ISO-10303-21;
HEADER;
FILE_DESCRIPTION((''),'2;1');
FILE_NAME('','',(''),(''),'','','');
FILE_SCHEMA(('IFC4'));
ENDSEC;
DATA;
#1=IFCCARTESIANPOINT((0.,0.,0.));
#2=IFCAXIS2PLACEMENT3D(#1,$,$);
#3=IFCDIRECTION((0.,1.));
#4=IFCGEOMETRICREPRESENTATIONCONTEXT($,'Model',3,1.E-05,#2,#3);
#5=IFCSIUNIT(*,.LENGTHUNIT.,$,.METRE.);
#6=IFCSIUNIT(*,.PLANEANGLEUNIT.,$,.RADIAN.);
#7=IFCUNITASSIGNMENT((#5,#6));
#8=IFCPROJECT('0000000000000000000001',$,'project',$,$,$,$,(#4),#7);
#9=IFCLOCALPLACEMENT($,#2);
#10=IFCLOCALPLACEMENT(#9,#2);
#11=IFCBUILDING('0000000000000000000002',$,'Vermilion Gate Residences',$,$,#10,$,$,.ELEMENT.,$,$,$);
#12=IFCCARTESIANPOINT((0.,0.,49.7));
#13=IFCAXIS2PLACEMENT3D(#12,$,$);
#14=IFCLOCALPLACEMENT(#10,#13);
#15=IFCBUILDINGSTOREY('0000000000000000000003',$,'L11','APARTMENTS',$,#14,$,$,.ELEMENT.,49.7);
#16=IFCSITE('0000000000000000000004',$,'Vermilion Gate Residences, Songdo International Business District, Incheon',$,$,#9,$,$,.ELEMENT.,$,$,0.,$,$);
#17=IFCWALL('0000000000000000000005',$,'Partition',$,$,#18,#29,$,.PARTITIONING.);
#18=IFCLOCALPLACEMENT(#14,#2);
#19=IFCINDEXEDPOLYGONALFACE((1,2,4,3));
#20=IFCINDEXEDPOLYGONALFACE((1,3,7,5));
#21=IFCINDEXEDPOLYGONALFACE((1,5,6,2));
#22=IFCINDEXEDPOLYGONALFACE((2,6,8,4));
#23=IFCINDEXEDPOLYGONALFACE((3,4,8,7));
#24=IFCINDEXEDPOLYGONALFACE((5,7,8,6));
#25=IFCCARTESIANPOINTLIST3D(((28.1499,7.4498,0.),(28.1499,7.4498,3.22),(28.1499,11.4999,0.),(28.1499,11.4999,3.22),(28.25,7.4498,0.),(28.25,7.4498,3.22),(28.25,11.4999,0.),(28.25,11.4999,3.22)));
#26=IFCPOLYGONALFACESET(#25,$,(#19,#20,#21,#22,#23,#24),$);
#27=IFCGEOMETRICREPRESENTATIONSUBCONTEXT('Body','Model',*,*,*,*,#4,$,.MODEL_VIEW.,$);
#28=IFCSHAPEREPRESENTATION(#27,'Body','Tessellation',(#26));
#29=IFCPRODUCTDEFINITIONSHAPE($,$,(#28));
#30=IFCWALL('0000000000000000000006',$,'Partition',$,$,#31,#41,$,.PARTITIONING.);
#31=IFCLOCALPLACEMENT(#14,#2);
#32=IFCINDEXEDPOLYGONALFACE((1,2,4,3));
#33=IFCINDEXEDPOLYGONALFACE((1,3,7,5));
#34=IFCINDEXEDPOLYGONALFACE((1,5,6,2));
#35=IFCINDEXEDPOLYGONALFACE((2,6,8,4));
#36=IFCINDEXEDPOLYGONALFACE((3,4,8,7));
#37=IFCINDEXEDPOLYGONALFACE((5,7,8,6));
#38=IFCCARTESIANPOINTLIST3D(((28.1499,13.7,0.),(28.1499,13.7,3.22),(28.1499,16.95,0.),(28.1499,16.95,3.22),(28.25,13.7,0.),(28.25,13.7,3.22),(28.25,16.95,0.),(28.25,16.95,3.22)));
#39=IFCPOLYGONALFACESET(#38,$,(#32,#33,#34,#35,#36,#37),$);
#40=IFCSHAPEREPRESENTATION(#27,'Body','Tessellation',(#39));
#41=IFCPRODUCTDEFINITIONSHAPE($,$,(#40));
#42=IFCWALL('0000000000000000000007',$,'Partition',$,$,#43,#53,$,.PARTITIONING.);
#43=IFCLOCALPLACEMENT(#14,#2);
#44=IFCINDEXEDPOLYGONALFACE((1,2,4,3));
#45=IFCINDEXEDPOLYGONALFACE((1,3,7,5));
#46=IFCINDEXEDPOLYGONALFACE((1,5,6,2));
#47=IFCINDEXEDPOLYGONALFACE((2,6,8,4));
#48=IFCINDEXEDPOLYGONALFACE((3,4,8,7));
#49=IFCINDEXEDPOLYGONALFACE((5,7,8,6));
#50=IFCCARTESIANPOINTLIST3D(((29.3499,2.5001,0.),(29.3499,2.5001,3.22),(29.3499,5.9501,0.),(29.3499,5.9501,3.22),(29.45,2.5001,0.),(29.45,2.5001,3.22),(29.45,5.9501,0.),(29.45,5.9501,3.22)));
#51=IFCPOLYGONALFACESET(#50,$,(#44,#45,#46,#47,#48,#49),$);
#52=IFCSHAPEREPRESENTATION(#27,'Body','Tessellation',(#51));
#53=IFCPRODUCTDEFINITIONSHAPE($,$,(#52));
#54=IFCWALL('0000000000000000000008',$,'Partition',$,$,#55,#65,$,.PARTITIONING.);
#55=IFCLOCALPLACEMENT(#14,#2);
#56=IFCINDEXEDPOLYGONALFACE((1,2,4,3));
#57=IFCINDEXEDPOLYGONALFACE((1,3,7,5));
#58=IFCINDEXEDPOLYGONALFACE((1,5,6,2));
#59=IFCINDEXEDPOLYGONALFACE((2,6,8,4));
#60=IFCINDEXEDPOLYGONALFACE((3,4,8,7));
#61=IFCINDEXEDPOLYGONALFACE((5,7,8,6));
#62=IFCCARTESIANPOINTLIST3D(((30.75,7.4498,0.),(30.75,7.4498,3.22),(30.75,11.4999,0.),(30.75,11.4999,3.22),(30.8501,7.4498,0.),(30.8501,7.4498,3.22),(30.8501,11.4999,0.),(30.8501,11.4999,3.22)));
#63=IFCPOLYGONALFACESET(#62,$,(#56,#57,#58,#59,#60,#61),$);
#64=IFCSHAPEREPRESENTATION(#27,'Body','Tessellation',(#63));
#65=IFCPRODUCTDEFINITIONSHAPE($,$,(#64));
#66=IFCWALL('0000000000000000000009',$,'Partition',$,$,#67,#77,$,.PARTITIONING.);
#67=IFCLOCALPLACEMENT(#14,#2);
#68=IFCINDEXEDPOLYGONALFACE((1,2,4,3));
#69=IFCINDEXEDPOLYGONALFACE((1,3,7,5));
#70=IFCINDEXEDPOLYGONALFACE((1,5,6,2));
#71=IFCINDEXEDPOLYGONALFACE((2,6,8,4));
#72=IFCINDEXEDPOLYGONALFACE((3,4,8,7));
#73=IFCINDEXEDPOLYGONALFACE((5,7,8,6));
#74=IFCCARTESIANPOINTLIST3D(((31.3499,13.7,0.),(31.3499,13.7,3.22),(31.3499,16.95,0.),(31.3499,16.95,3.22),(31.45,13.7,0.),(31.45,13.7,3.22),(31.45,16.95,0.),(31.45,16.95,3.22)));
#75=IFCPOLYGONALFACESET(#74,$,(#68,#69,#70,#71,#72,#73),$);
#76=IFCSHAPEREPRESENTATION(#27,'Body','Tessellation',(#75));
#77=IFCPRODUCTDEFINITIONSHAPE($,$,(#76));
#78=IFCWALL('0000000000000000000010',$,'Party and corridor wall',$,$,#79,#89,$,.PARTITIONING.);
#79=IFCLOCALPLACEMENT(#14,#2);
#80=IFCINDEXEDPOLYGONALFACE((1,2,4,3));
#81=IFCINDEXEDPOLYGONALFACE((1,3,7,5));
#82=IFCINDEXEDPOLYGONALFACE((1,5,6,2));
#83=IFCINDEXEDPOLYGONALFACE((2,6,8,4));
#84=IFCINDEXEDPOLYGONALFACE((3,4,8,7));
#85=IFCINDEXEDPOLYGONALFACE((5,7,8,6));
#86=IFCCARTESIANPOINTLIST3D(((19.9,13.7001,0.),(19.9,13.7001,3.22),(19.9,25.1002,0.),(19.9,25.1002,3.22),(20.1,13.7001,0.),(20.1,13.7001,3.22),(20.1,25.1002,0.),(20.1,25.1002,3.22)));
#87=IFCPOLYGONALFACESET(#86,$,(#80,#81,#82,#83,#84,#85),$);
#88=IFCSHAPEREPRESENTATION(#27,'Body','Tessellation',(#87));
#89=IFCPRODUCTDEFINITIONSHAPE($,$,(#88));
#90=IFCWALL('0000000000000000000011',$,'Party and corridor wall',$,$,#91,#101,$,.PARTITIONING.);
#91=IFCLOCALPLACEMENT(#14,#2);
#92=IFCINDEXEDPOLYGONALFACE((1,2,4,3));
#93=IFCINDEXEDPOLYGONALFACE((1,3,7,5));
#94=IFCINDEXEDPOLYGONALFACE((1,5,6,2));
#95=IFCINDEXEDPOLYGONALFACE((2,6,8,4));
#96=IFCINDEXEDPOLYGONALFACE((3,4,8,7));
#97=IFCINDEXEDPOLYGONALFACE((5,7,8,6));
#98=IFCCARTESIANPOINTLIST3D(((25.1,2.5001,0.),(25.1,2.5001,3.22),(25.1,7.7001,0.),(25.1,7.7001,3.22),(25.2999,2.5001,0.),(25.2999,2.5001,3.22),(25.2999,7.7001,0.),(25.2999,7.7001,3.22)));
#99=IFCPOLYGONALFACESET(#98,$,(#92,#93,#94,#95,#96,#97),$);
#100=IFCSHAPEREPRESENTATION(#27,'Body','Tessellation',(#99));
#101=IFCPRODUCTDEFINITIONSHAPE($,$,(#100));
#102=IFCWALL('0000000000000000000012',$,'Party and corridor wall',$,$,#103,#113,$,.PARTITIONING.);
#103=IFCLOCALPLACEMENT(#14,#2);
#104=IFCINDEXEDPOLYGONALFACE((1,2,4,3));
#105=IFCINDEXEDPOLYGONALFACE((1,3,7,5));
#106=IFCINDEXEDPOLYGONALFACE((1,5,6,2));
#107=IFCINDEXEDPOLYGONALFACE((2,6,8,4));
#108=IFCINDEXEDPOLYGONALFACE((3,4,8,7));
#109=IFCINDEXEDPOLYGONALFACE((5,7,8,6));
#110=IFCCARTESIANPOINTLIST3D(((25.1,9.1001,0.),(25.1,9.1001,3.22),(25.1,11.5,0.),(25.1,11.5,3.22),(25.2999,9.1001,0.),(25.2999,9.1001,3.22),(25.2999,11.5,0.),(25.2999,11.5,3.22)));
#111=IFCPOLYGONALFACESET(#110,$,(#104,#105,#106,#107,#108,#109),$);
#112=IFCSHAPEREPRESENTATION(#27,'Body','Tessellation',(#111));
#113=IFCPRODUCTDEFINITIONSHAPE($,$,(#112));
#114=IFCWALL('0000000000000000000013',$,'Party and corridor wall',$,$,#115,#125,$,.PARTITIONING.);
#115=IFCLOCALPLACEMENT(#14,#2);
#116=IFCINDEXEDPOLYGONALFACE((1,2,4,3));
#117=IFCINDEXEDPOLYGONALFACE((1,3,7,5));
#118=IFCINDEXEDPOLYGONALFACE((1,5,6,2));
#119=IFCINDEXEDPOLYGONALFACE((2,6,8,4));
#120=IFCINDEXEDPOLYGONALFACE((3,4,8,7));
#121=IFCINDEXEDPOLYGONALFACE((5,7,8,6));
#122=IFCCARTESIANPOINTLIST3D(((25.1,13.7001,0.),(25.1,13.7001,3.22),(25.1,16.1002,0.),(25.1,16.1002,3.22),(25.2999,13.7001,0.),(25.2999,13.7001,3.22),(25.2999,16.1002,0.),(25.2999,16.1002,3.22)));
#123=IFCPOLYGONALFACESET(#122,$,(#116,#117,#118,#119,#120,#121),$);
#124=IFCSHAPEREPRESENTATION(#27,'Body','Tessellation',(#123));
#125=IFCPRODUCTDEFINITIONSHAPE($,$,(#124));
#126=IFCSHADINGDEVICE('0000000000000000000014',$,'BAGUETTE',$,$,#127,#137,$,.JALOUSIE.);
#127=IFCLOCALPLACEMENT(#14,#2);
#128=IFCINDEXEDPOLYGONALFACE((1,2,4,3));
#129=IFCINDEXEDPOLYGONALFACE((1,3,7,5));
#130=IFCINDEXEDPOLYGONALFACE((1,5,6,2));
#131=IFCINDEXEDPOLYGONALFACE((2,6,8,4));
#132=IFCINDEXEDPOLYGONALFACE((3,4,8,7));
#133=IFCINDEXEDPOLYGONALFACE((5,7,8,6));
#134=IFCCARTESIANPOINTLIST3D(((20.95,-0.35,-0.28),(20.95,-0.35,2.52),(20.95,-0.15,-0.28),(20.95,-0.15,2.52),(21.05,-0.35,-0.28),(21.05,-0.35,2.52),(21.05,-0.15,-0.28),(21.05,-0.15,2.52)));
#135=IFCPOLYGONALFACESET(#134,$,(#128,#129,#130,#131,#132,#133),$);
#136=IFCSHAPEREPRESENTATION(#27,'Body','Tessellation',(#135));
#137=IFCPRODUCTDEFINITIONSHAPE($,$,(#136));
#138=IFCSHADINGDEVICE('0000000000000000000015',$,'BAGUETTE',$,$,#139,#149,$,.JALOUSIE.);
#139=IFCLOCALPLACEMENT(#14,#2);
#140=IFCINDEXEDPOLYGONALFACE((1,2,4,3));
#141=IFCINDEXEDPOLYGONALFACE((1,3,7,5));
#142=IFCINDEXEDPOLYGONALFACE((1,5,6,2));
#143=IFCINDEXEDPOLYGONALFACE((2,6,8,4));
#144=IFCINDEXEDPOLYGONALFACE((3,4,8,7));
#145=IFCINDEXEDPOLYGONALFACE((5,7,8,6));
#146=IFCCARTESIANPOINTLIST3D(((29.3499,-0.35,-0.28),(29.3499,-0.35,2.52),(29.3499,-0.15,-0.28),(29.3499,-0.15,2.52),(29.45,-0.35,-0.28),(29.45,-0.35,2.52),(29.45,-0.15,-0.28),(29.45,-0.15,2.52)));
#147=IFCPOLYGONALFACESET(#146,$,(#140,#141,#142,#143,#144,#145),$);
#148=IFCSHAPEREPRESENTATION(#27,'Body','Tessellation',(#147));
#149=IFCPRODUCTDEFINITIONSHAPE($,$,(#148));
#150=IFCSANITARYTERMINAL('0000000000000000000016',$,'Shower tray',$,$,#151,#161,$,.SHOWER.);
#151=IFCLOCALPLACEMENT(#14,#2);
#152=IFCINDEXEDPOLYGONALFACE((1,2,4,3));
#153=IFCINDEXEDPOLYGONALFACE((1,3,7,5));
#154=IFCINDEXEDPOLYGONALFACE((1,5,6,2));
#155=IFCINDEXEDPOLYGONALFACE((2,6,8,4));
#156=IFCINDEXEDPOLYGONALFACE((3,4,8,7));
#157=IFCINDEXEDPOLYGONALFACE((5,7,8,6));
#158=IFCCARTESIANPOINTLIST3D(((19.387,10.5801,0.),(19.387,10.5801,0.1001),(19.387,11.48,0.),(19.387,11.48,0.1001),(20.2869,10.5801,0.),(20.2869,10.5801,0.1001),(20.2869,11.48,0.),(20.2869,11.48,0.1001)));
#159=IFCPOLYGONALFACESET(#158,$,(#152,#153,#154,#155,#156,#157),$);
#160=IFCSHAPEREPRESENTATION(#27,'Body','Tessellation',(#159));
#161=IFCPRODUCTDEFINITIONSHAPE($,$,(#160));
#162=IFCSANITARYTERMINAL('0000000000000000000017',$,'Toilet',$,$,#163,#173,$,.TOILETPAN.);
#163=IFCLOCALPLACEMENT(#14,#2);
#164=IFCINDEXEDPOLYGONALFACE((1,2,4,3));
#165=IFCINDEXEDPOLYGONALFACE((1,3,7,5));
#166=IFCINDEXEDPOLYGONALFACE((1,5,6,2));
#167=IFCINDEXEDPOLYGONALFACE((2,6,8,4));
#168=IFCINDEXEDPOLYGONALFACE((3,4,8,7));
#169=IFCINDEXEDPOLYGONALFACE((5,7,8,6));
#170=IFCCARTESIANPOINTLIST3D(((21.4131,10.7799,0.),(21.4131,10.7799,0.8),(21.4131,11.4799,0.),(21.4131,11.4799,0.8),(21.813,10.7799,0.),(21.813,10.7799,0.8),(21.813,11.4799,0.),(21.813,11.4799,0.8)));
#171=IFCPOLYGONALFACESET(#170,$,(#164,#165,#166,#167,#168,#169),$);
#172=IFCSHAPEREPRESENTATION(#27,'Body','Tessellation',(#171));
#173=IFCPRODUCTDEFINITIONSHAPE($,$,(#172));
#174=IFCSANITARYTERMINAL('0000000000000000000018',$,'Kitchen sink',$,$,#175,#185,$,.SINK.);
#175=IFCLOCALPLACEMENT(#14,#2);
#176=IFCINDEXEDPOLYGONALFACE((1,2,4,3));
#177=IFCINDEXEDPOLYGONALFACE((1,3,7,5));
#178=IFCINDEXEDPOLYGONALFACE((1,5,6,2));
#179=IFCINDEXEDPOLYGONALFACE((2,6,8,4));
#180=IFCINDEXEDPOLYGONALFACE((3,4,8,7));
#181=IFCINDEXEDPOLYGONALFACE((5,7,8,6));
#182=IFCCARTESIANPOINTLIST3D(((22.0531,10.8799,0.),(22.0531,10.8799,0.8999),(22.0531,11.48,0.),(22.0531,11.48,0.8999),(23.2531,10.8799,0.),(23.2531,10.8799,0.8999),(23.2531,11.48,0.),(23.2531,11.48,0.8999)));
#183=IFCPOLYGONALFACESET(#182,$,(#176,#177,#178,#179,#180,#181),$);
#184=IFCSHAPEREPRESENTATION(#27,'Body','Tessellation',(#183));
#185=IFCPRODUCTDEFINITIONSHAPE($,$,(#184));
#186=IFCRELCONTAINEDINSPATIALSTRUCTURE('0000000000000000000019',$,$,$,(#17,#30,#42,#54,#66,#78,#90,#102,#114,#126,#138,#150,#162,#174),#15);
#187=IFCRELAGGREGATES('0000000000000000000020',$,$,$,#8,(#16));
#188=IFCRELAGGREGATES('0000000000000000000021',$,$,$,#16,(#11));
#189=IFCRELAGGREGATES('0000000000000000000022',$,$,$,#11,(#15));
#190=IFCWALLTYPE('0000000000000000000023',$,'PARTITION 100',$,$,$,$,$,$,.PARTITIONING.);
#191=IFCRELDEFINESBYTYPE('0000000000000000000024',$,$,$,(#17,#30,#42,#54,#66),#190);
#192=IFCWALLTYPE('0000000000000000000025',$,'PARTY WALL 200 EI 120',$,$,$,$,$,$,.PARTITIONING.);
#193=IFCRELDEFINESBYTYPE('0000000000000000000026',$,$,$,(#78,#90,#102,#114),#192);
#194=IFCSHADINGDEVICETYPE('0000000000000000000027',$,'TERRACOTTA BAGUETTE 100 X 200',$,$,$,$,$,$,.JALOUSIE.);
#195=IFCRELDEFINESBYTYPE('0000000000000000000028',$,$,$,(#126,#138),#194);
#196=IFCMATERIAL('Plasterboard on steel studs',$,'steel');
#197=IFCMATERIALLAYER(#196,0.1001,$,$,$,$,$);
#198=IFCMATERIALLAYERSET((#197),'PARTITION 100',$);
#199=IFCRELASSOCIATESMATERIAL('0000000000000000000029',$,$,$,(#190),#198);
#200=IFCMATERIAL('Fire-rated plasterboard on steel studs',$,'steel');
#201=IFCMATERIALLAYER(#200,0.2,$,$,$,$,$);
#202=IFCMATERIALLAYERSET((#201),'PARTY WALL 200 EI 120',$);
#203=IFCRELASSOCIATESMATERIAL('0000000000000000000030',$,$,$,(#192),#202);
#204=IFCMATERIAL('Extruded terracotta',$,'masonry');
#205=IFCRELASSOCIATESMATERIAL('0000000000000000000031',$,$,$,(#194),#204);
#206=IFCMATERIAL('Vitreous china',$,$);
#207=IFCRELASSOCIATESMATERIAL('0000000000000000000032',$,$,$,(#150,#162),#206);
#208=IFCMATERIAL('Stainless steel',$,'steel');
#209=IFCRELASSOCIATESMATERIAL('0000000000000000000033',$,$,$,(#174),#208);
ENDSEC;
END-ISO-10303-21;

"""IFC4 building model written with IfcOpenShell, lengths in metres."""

from ifc_helpers import new_model, si_unit, direction, frame, frame_2d, origin, origin_2d, place, context, subcontext, project, spatial, rectangle, extrude, material, layer, layer_set, material_profile, profile_set, type_object, element, save


model = new_model("IFC4")

# Units and contexts
model_context = context("Model", 3, precision=1e-05, world=origin(), true_north=direction((0.0, 1.0)))
body_context = subcontext(model_context, "Body", "Model", "MODEL_VIEW")
ifc_project = project(units=[si_unit("LENGTHUNIT", "METRE"), si_unit("PLANEANGLEUNIT", "RADIAN")], contexts=[model_context])

# Site, building, storey
site_placement = place(None, origin())
site = spatial("IfcSite", under=ifc_project, at=site_placement, Name="Vermilion Gate Residences, Songdo International Business District, Incheon", CompositionType="ELEMENT", RefElevation=0.0)
building_placement = place(site_placement, origin())
building = spatial("IfcBuilding", under=site, at=building_placement, Name="Vermilion Gate Residences", CompositionType="ELEMENT")
storey_placement = place(building_placement, frame((0.0, 0.0, 49.7)))
storey = spatial("IfcBuildingStorey", under=building, at=storey_placement, Name="L11", Description="APARTMENTS", CompositionType="ELEMENT", Elevation=49.7)

# Shared definitions
ifc_material_1 = material(Name="Plasterboard on steel studs", Category="steel")
ifc_layer_1 = layer(ifc_material_1, 0.1001)
ifc_layer_set_1 = layer_set([ifc_layer_1], Name="PARTITION 100")
wall_type_1 = type_object("IfcWallType", Name="PARTITION 100", PredefinedType="PARTITIONING", material=ifc_layer_set_1)

# Walls
wall_1_placement = place(storey_placement, frame((28.2, 7.45, 0.0), z_axis=(0.0, 0.0, 1.0), x_axis=(0.0, 1.0, 0.0)))
element("IfcWall", 1, at=wall_1_placement, inside=storey, type_object=wall_type_1, Name="Partition", PredefinedType="PARTITIONING", context=body_context, shape_type="SweptSolid", body=[
    extrude(rectangle(XDim=4.05, YDim=0.1001, at=frame_2d((2.0249, 0.0))), origin(), (0.0, 0.0, 1.0), 3.22),
])
wall_2_placement = place(storey_placement, frame((28.2, 13.7, 0.0), z_axis=(0.0, 0.0, 1.0), x_axis=(0.0, 1.0, 0.0)))
element("IfcWall", 2, at=wall_2_placement, inside=storey, type_object=wall_type_1, Name="Partition", PredefinedType="PARTITIONING", context=body_context, shape_type="SweptSolid", body=[
    extrude(rectangle(XDim=3.25, YDim=0.1001, at=frame_2d((1.625, 0.0))), origin(), (0.0, 0.0, 1.0), 3.22),
])
wall_3_placement = place(storey_placement, frame((29.3999, 2.5, 0.0), z_axis=(0.0, 0.0, 1.0), x_axis=(0.0, 1.0, 0.0)))
element("IfcWall", 3, at=wall_3_placement, inside=storey, type_object=wall_type_1, Name="Partition", PredefinedType="PARTITIONING", context=body_context, shape_type="SweptSolid", body=[
    extrude(rectangle(XDim=3.45, YDim=0.1001, at=frame_2d((1.7251, 0.0))), origin(), (0.0, 0.0, 1.0), 3.22),
])
wall_4_placement = place(storey_placement, frame((30.8, 7.45, 0.0), z_axis=(0.0, 0.0, 1.0), x_axis=(0.0, 1.0, 0.0)))
element("IfcWall", 4, at=wall_4_placement, inside=storey, type_object=wall_type_1, Name="Partition", PredefinedType="PARTITIONING", context=body_context, shape_type="SweptSolid", body=[
    extrude(rectangle(XDim=4.05, YDim=0.1001, at=frame_2d((2.0249, 0.0))), origin(), (0.0, 0.0, 1.0), 3.22),
])
wall_5_placement = place(storey_placement, frame((31.3999, 13.7, 0.0), z_axis=(0.0, 0.0, 1.0), x_axis=(0.0, 1.0, 0.0)))
element("IfcWall", 5, at=wall_5_placement, inside=storey, type_object=wall_type_1, Name="Partition", PredefinedType="PARTITIONING", context=body_context, shape_type="SweptSolid", body=[
    extrude(rectangle(XDim=3.25, YDim=0.1001, at=frame_2d((1.625, 0.0))), origin(), (0.0, 0.0, 1.0), 3.22),
])
ifc_material_2 = material(Name="Fire-rated plasterboard on steel studs", Category="steel")
ifc_layer_2 = layer(ifc_material_2, 0.2)
ifc_layer_set_2 = layer_set([ifc_layer_2], Name="PARTY WALL 200 EI 120")
wall_type_2 = type_object("IfcWallType", Name="PARTY WALL 200 EI 120", PredefinedType="PARTITIONING", material=ifc_layer_set_2)
wall_6_placement = place(storey_placement, frame((20.0, 13.7, 0.0), z_axis=(0.0, 0.0, 1.0), x_axis=(0.0, 1.0, 0.0)))
element("IfcWall", 6, at=wall_6_placement, inside=storey, type_object=wall_type_2, Name="Party and corridor wall", PredefinedType="PARTITIONING", context=body_context, shape_type="SweptSolid", body=[
    extrude(rectangle(XDim=11.4001, YDim=0.2, at=frame_2d((5.7002, 0.0))), origin(), (0.0, 0.0, 1.0), 3.22),
])
wall_7_placement = place(storey_placement, frame((25.2, 2.5, 0.0), z_axis=(0.0, 0.0, 1.0), x_axis=(0.0, 1.0, 0.0)))
element("IfcWall", 7, at=wall_7_placement, inside=storey, type_object=wall_type_2, Name="Party and corridor wall", PredefinedType="PARTITIONING", context=body_context, shape_type="SweptSolid", body=[
    extrude(rectangle(XDim=5.2, YDim=0.2, at=frame_2d((2.6001, 0.0))), origin(), (0.0, 0.0, 1.0), 3.22),
])
wall_8_placement = place(storey_placement, frame((25.2, 9.1001, 0.0), z_axis=(0.0, 0.0, 1.0), x_axis=(0.0, 1.0, 0.0)))
element("IfcWall", 8, at=wall_8_placement, inside=storey, type_object=wall_type_2, Name="Party and corridor wall", PredefinedType="PARTITIONING", context=body_context, shape_type="SweptSolid", body=[
    extrude(rectangle(XDim=2.3999, YDim=0.2, at=frame_2d((1.2, 0.0))), origin(), (0.0, 0.0, 1.0), 3.22),
])
wall_9_placement = place(storey_placement, frame((25.2, 13.7, 0.0), z_axis=(0.0, 0.0, 1.0), x_axis=(0.0, 1.0, 0.0)))
element("IfcWall", 9, at=wall_9_placement, inside=storey, type_object=wall_type_2, Name="Party and corridor wall", PredefinedType="PARTITIONING", context=body_context, shape_type="SweptSolid", body=[
    extrude(rectangle(XDim=2.4001, YDim=0.2, at=frame_2d((1.2002, 0.0))), origin(), (0.0, 0.0, 1.0), 3.22),
])

# Shading devices
ifc_material_3 = material(Name="Extruded terracotta", Category="masonry")
ifc_material_profile_1 = material_profile(ifc_material_3, rectangle(XDim=0.2, YDim=0.1001, at=origin_2d()), Name="BAGUETTE 100 X 200")
ifc_profile_set_1 = profile_set([ifc_material_profile_1], Name="Extruded terracotta")
shading_device_type = type_object("IfcShadingDeviceType", Name="TERRACOTTA BAGUETTE 100 X 200", PredefinedType="JALOUSIE", material=ifc_profile_set_1)
for number, where, z_axis, x_axis, name in (
    (10, (21.0, -0.25, -0.28), (0.0, 0.0, 1.0), (0.0, 1.0, 0.0), "BAGUETTE"),
    (11, (29.3999, -0.25, -0.28), (0.0, 0.0, 1.0), (0.0, 1.0, 0.0), "BAGUETTE"),
):
    element("IfcShadingDevice", number, at=place(storey_placement, frame(where, z_axis=z_axis, x_axis=x_axis)), inside=storey, type_object=shading_device_type, Name=name, PredefinedType="JALOUSIE", context=body_context, shape_type="SweptSolid", body=[
        extrude(rectangle(XDim=0.2, YDim=0.1001, at=origin_2d()), origin(), (0.0, 0.0, 1.0), 2.8),
    ])

# Sanitary terminals
ifc_material_4 = material(Name="Vitreous china")
sanitary_terminal_1_placement = place(storey_placement, frame((19.8369, 11.03, 0.0), z_axis=(0.0, 0.0, 1.0), x_axis=(1.0, 0.0, 0.0)))
element("IfcSanitaryTerminal", 12, at=sanitary_terminal_1_placement, inside=storey, material=ifc_material_4, Name="Shower tray", PredefinedType="SHOWER", context=body_context, shape_type="SweptSolid", body=[
    extrude(rectangle(XDim=0.8999, YDim=0.8999, at=origin_2d()), origin(), (0.0, 0.0, 1.0), 0.1001),
])
sanitary_terminal_2_placement = place(storey_placement, frame((21.613, 11.1299, 0.0), z_axis=(0.0, 0.0, 1.0), x_axis=(1.0, 0.0, 0.0)))
element("IfcSanitaryTerminal", 13, at=sanitary_terminal_2_placement, inside=storey, material=ifc_material_4, Name="Toilet", PredefinedType="TOILETPAN", context=body_context, shape_type="SweptSolid", body=[
    extrude(rectangle(XDim=0.3999, YDim=0.7, at=origin_2d()), origin(), (0.0, 0.0, 1.0), 0.8),
])
ifc_material_5 = material(Name="Stainless steel", Category="steel")
sanitary_terminal_3_placement = place(storey_placement, frame((22.6531, 11.1799, 0.0), z_axis=(0.0, 0.0, 1.0), x_axis=(1.0, 0.0, 0.0)))
element("IfcSanitaryTerminal", 14, at=sanitary_terminal_3_placement, inside=storey, material=ifc_material_5, Name="Kitchen sink", PredefinedType="SINK", context=body_context, shape_type="SweptSolid", body=[
    extrude(rectangle(XDim=1.2, YDim=0.6001, at=origin_2d()), origin(), (0.0, 0.0, 1.0), 0.8999),
])

save(model, "model.ifc")
